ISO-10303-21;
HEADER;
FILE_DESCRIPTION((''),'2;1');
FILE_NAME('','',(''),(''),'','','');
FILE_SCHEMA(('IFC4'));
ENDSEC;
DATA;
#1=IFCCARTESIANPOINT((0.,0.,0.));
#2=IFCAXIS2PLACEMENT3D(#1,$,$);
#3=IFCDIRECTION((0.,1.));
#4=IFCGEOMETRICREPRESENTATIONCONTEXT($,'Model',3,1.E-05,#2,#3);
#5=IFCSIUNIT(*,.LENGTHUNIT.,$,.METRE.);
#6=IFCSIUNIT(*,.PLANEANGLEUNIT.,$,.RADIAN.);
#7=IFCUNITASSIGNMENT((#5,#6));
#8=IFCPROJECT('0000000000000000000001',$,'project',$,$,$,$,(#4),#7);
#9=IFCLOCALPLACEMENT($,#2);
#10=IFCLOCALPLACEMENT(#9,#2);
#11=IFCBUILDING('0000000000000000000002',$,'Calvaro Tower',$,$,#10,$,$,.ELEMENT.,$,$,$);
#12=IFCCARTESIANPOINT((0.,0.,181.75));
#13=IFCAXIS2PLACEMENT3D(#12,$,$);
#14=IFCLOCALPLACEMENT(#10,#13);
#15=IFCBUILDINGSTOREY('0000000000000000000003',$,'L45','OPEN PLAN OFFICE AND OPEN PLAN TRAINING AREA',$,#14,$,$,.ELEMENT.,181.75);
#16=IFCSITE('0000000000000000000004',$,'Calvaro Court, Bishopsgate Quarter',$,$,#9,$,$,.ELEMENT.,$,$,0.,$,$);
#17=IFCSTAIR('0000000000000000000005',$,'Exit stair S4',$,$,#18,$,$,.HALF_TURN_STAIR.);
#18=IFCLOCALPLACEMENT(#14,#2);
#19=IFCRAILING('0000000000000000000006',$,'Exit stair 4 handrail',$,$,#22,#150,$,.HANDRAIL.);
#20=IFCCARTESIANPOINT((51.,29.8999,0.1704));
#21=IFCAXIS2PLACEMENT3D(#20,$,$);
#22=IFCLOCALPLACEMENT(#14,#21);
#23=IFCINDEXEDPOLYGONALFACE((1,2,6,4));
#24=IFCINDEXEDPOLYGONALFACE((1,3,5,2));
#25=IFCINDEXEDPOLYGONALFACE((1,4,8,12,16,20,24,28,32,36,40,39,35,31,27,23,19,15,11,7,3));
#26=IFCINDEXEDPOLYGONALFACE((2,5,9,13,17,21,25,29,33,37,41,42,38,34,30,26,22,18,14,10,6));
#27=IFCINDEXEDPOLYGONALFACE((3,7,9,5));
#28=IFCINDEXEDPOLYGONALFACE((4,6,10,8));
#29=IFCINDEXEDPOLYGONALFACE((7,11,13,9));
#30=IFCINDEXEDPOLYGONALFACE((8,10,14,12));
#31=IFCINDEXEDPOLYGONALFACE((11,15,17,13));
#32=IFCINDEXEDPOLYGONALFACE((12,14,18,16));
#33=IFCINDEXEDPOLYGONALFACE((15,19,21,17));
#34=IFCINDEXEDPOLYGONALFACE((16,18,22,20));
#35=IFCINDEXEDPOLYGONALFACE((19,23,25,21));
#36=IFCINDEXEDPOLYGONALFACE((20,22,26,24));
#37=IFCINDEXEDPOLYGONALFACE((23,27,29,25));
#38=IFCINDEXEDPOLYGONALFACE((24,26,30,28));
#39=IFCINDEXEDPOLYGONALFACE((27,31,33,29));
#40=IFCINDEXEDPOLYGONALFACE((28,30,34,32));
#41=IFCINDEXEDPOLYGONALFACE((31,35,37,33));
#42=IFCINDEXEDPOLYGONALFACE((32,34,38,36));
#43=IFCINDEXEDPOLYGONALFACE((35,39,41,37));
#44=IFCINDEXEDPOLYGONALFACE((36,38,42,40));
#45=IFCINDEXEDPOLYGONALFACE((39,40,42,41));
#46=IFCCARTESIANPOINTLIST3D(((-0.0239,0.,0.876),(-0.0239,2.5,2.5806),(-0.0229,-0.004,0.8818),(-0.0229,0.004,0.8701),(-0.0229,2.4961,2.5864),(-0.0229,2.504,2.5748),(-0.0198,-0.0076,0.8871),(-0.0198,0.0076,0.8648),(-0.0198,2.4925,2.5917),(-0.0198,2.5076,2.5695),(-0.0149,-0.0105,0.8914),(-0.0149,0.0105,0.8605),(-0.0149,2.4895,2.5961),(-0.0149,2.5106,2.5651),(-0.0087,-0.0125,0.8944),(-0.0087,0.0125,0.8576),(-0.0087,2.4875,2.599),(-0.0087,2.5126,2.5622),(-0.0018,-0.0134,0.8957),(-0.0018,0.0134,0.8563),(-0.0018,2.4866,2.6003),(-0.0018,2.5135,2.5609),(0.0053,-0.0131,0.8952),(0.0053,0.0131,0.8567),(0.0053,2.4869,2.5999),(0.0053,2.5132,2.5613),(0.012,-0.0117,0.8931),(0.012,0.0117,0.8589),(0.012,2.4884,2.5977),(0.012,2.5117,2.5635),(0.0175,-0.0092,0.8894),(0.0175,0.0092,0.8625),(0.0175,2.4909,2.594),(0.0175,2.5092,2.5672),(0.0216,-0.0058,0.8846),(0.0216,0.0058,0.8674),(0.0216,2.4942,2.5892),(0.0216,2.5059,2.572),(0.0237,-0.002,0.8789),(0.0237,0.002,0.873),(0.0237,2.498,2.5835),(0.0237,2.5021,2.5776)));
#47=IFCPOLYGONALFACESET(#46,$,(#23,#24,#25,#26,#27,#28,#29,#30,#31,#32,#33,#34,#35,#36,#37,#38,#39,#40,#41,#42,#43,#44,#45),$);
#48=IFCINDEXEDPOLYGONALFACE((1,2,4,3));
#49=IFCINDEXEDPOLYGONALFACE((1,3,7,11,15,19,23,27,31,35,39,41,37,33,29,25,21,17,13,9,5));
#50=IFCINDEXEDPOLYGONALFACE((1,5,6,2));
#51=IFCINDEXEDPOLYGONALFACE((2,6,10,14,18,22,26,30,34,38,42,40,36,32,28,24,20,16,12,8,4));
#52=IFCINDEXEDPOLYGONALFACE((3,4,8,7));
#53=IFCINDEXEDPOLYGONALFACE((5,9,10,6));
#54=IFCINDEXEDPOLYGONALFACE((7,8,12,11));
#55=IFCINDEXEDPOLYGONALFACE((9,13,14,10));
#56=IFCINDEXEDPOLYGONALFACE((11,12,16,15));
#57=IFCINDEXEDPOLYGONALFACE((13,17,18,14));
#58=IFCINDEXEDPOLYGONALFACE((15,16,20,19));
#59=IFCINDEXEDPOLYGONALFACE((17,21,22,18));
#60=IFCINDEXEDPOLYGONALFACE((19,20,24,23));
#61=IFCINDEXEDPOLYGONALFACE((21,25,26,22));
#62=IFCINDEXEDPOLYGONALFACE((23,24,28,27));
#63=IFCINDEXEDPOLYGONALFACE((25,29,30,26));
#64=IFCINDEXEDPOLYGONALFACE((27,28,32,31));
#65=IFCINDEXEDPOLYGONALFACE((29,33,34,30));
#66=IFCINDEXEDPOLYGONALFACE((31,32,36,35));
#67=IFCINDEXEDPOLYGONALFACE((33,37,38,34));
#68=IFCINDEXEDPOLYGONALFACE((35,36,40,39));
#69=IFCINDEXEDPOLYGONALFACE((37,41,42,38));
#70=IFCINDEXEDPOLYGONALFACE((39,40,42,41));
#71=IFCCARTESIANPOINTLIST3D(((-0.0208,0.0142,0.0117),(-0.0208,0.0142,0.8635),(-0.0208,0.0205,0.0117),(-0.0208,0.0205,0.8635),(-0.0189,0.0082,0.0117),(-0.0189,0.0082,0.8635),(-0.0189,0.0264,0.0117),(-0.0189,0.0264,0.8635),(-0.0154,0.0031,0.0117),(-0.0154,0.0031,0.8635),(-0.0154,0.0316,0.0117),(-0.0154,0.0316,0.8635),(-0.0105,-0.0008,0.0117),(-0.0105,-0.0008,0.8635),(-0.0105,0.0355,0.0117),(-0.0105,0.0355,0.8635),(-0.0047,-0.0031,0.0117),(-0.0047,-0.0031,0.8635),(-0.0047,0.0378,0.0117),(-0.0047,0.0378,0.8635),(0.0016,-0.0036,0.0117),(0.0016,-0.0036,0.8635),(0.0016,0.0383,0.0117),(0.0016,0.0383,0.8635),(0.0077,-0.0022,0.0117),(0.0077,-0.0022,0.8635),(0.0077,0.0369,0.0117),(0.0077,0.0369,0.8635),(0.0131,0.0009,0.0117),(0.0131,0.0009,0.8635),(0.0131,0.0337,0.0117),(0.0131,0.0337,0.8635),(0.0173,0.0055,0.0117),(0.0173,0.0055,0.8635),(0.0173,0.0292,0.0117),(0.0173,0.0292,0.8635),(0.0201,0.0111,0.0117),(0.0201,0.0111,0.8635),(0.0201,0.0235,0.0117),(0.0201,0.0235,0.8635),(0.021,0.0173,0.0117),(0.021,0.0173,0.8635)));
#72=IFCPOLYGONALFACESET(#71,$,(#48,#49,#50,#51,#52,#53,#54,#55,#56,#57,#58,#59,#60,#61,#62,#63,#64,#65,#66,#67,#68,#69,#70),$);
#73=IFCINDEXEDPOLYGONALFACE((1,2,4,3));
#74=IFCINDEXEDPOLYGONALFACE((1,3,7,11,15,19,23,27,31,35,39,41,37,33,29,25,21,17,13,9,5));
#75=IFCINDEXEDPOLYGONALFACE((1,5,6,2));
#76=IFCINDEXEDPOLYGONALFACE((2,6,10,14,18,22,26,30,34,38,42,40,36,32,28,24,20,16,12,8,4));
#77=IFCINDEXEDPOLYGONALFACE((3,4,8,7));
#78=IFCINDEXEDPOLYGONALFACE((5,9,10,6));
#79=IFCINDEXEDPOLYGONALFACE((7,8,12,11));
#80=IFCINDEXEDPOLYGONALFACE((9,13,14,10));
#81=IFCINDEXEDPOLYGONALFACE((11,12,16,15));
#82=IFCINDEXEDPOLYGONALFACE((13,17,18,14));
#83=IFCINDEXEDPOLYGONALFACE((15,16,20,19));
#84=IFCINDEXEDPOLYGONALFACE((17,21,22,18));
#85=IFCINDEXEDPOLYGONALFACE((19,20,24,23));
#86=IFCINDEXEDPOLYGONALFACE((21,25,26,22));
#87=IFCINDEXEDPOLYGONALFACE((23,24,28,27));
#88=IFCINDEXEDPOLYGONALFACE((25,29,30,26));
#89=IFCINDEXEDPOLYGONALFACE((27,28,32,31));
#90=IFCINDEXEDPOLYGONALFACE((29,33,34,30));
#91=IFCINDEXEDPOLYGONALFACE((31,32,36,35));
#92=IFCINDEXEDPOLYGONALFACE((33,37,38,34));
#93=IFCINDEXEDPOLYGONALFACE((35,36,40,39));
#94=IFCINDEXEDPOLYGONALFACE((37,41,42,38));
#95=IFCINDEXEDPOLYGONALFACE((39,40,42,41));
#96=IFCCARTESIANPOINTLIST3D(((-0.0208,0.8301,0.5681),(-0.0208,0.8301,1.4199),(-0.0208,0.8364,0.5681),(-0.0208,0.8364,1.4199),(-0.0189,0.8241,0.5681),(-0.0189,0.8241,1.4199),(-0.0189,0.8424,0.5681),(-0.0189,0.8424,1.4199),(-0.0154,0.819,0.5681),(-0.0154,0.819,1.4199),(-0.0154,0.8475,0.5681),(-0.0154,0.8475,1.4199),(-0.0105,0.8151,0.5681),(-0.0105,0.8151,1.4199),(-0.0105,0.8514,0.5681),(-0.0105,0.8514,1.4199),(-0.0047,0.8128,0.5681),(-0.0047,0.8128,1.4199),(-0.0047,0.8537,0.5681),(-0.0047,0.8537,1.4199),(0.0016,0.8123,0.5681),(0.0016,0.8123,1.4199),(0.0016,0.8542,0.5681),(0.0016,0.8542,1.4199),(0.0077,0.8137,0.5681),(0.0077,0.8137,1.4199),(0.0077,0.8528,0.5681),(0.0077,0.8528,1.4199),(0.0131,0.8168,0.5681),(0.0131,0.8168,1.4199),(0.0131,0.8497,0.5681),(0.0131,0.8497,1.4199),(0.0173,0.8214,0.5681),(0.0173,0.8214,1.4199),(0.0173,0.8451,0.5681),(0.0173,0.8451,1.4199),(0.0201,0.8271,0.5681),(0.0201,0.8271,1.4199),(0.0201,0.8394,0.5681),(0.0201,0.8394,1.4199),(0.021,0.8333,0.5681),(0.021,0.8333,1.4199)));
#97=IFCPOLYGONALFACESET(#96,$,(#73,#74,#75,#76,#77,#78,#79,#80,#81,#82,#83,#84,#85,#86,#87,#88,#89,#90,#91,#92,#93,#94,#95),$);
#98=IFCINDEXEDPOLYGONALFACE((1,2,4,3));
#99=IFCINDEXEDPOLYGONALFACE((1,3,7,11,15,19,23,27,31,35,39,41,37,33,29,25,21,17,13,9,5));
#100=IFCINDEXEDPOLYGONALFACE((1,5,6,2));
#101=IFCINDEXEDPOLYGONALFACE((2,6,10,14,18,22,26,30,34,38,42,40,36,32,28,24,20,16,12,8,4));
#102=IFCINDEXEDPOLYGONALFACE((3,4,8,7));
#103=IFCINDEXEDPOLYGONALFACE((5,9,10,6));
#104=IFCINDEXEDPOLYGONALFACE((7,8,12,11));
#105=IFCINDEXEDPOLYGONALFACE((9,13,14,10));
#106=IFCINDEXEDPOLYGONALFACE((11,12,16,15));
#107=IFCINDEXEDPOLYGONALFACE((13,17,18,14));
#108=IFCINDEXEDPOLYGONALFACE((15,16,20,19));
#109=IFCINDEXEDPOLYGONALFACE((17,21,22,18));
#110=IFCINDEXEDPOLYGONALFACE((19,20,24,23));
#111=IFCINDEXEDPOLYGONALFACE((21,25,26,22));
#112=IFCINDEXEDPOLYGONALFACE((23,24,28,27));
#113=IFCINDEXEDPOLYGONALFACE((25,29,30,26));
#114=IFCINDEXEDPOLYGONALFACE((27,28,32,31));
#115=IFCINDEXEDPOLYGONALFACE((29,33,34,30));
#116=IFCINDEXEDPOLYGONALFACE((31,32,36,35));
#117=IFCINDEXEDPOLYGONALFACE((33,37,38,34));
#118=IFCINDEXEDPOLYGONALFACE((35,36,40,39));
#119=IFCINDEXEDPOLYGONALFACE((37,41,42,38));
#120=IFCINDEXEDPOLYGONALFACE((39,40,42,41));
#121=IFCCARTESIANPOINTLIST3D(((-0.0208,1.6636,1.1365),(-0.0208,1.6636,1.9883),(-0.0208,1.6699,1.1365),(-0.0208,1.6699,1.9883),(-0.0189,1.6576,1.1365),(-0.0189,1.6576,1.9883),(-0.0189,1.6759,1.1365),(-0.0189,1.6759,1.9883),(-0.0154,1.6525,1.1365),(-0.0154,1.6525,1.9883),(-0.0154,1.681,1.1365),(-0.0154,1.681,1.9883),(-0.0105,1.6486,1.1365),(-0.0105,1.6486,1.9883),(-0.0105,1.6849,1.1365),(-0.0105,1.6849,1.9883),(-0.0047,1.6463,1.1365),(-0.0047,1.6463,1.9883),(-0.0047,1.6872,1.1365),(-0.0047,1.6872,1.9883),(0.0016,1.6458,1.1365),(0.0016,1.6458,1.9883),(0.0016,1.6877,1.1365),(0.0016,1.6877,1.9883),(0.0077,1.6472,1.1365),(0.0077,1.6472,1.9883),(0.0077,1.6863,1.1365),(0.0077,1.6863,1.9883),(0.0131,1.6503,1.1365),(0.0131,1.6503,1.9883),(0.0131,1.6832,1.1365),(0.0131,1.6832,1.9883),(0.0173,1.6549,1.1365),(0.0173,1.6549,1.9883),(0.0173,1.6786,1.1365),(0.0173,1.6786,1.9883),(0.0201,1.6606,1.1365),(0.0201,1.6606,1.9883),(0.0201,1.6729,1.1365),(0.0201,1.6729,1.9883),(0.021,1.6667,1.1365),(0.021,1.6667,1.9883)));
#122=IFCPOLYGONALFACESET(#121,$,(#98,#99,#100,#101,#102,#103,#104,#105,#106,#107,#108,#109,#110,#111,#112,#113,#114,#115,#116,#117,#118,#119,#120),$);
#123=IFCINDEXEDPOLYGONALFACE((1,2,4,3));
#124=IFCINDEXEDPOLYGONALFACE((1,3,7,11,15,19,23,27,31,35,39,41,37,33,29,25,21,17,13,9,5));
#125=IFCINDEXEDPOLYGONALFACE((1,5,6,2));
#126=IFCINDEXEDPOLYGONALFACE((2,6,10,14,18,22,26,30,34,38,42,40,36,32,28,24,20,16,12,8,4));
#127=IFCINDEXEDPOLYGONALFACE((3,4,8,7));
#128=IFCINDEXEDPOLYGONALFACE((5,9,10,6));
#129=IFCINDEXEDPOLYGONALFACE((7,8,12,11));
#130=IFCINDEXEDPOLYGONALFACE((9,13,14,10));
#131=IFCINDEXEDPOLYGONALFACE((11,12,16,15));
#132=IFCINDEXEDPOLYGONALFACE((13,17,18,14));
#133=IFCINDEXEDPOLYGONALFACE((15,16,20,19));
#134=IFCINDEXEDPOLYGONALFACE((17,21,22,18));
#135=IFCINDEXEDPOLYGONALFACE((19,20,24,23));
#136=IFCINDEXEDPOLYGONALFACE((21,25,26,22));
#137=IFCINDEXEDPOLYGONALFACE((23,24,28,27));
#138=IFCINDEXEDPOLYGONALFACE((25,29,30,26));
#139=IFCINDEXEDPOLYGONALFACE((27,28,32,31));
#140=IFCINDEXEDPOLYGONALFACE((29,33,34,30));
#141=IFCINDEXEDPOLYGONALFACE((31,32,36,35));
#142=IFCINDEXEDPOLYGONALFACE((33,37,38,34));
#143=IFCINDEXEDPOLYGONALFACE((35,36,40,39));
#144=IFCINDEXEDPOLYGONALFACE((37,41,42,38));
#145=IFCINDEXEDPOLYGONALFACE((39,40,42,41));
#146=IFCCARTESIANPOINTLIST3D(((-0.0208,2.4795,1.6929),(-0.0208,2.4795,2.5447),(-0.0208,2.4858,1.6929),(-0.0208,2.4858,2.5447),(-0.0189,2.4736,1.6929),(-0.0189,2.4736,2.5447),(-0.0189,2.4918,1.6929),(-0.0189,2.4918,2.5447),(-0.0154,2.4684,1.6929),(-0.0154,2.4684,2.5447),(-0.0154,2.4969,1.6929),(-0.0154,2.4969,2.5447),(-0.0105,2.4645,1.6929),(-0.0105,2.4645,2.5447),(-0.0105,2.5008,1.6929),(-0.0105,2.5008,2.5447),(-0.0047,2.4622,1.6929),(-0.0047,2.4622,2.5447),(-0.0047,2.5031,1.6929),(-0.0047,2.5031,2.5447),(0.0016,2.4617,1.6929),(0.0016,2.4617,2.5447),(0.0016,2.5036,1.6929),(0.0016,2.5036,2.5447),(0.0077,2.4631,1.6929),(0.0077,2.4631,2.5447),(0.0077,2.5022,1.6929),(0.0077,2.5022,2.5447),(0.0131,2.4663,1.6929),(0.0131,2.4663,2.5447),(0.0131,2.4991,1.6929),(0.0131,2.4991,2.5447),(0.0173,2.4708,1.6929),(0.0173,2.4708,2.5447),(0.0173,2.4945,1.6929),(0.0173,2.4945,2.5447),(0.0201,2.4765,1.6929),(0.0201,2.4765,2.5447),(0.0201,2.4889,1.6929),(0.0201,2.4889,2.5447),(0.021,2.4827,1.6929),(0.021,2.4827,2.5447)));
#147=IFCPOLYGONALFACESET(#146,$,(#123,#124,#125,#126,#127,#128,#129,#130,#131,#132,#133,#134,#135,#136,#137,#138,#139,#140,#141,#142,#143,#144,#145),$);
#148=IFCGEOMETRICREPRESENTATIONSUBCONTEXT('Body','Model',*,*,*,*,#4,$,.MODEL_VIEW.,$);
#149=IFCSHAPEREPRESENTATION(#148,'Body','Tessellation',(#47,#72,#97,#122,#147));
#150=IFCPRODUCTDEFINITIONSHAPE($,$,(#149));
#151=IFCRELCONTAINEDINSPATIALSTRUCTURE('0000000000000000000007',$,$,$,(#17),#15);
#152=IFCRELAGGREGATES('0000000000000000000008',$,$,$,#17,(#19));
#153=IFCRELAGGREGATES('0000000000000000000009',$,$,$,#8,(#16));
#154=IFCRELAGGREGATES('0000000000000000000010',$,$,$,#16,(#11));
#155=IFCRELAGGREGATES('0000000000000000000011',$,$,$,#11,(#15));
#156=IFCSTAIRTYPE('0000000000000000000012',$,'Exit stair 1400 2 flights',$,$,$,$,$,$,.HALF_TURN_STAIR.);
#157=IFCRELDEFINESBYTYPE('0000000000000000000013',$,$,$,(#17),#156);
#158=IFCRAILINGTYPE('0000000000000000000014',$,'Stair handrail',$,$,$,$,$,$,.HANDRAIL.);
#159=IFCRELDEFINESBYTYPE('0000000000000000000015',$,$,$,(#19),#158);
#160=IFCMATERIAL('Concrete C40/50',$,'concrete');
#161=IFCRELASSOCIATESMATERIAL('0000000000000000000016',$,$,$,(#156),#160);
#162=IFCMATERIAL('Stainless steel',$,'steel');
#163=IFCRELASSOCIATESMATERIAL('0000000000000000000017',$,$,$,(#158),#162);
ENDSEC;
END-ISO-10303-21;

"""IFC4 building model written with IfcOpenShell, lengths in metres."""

from ifc_helpers import new_model, si_unit, direction, frame, origin, origin_2d, place, context, subcontext, project, spatial, circle, extrude, material, type_object, element, aggregate, save


model = new_model("IFC4")

# Units and contexts
model_context = context("Model", 3, precision=1e-05, world=origin(), true_north=direction((0.0, 1.0)))
body_context = subcontext(model_context, "Body", "Model", "MODEL_VIEW")
ifc_project = project(units=[si_unit("LENGTHUNIT", "METRE"), si_unit("PLANEANGLEUNIT", "RADIAN")], contexts=[model_context])

# Site, building, storey
site_placement = place(None, origin())
site = spatial("IfcSite", under=ifc_project, at=site_placement, Name="Calvaro Court, Bishopsgate Quarter", CompositionType="ELEMENT", RefElevation=0.0)
building_placement = place(site_placement, origin())
building = spatial("IfcBuilding", under=site, at=building_placement, Name="Calvaro Tower", CompositionType="ELEMENT")
storey_placement = place(building_placement, frame((0.0, 0.0, 181.75)))
storey = spatial("IfcBuildingStorey", under=building, at=storey_placement, Name="L45", Description="OPEN PLAN OFFICE AND OPEN PLAN TRAINING AREA", CompositionType="ELEMENT", Elevation=181.75)

# Stair
ifc_material_1 = material(Name="Concrete C40/50", Category="concrete")
stair_type = type_object("IfcStairType", Name="Exit stair 1400 2 flights", PredefinedType="HALF_TURN_STAIR", material=ifc_material_1)
stair_1_placement = place(storey_placement, origin())
stair_1 = element("IfcStair", 1, at=stair_1_placement, inside=storey, type_object=stair_type, Name="Exit stair S4", PredefinedType="HALF_TURN_STAIR")

# Railing
ifc_material_2 = material(Name="Stainless steel", Category="steel")
railing_type = type_object("IfcRailingType", Name="Stair handrail", PredefinedType="HANDRAIL", material=ifc_material_2)
railing_1_placement = place(storey_placement, frame((51.0, 29.8999, 0.1704)))
railing_1 = element("IfcRailing", 2, at=railing_1_placement, type_object=railing_type, Name="Exit stair 4 handrail", PredefinedType="HANDRAIL", context=body_context, shape_type="SweptSolid", body=[
    extrude(circle(Radius=0.0239, at=origin_2d()), frame((0.0, 0.0, 0.876), z_axis=(0.0, 0.826221, 0.563347), x_axis=(-1.0, 0.0, 0.0)), (0.0, 0.0, 1.0), 3.0259),
    extrude(circle(Radius=0.021, at=origin_2d()), frame((0.0, 0.0173, 0.0117)), (0.0, 0.0, 1.0), 0.8518),
    extrude(circle(Radius=0.021, at=origin_2d()), frame((0.0, 0.8333, 0.5681)), (0.0, 0.0, 1.0), 0.8518),
    extrude(circle(Radius=0.021, at=origin_2d()), frame((0.0, 1.6667, 1.1365)), (0.0, 0.0, 1.0), 0.8518),
    extrude(circle(Radius=0.021, at=origin_2d()), frame((0.0, 2.4827, 1.6929)), (0.0, 0.0, 1.0), 0.8518),
])
aggregate(stair_1, [railing_1])

save(model, "model.ifc")
